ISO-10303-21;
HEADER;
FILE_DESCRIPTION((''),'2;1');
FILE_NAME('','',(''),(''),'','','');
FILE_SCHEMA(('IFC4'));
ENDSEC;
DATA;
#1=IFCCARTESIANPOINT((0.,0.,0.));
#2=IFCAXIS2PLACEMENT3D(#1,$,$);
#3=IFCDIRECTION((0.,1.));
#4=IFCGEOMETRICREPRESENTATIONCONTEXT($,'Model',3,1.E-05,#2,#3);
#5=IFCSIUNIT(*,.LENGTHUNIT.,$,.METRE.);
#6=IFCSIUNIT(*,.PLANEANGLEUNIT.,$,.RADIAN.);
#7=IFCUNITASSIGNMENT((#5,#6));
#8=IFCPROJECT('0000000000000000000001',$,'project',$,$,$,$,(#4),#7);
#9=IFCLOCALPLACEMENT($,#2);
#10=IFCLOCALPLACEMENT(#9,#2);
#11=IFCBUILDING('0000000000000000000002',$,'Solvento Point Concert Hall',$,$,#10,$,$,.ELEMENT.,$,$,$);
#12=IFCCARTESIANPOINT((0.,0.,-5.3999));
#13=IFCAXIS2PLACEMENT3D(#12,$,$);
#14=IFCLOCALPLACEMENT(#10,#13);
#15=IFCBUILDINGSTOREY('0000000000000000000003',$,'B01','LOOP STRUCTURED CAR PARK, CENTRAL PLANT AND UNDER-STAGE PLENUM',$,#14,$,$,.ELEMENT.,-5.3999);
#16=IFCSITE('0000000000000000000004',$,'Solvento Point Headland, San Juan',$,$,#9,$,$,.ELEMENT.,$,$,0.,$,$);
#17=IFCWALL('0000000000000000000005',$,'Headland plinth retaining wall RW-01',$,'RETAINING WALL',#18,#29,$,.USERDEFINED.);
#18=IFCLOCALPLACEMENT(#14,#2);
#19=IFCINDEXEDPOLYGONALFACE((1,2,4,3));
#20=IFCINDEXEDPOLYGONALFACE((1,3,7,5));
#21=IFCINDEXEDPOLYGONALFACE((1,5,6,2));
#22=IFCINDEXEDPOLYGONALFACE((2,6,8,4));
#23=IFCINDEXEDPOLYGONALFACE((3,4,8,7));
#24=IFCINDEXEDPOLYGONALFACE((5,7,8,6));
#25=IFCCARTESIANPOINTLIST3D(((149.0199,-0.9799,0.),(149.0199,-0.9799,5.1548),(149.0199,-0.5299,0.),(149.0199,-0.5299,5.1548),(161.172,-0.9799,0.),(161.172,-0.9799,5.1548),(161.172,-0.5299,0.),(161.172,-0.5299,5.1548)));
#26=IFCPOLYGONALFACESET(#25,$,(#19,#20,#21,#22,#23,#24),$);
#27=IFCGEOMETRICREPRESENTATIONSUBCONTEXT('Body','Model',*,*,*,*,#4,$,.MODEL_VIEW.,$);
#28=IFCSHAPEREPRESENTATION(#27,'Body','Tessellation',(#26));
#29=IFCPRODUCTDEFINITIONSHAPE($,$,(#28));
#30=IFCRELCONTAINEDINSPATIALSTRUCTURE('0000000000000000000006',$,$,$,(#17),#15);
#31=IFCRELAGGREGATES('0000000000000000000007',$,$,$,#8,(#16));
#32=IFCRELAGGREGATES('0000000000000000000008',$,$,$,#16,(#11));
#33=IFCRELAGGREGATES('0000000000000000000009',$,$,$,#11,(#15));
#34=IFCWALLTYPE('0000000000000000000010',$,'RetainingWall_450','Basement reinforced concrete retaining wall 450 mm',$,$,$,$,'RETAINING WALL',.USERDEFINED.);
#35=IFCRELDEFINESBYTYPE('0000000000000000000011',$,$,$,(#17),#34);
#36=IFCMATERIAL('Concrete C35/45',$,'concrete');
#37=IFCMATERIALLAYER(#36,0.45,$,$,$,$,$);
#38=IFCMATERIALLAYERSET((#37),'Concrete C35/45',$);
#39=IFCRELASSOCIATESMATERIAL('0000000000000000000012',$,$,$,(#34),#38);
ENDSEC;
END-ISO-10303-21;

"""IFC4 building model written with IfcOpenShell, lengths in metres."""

from ifc_helpers import new_model, si_unit, direction, frame, frame_2d, origin, place, context, subcontext, project, spatial, rectangle, extrude, material, layer, layer_set, type_object, element, save


model = new_model("IFC4")

# Units and contexts
model_context = context("Model", 3, precision=1e-05, world=origin(), true_north=direction((0.0, 1.0)))
body_context = subcontext(model_context, "Body", "Model", "MODEL_VIEW")
ifc_project = project(units=[si_unit("LENGTHUNIT", "METRE"), si_unit("PLANEANGLEUNIT", "RADIAN")], contexts=[model_context])

# Site, building, storey
site_placement = place(None, origin())
site = spatial("IfcSite", under=ifc_project, at=site_placement, Name="Solvento Point Headland, San Juan", CompositionType="ELEMENT", RefElevation=0.0)
building_placement = place(site_placement, origin())
building = spatial("IfcBuilding", under=site, at=building_placement, Name="Solvento Point Concert Hall", CompositionType="ELEMENT")
storey_placement = place(building_placement, frame((0.0, 0.0, -5.3999)))
storey = spatial("IfcBuildingStorey", under=building, at=storey_placement, Name="B01", Description="LOOP STRUCTURED CAR PARK, CENTRAL PLANT AND UNDER-STAGE PLENUM", CompositionType="ELEMENT", Elevation=-5.3999)

# Wall
ifc_material_1 = material(Name="Concrete C35/45", Category="concrete")
ifc_layer = layer(ifc_material_1, 0.45)
ifc_layer_set = layer_set([ifc_layer], Name="Concrete C35/45")
wall_type = type_object("IfcWallType", Name="RetainingWall_450", Description="Basement reinforced concrete retaining wall 450 mm", ElementType="RETAINING WALL", PredefinedType="USERDEFINED", material=ifc_layer_set)
wall_placement = place(storey_placement, frame((161.1721, -0.7549, 0.0), z_axis=(0.0, 0.0, 1.0), x_axis=(-1.0, 0.0, 0.0)))
element("IfcWall", 1, at=wall_placement, inside=storey, type_object=wall_type, Name="Headland plinth retaining wall RW-01", ObjectType="RETAINING WALL", PredefinedType="USERDEFINED", context=body_context, shape_type="SweptSolid", body=[
    extrude(rectangle(XDim=12.1521, YDim=0.45, at=frame_2d((6.0762, 0.0))), origin(), (0.0, 0.0, 1.0), 5.1548),
])

save(model, "model.ifc")
